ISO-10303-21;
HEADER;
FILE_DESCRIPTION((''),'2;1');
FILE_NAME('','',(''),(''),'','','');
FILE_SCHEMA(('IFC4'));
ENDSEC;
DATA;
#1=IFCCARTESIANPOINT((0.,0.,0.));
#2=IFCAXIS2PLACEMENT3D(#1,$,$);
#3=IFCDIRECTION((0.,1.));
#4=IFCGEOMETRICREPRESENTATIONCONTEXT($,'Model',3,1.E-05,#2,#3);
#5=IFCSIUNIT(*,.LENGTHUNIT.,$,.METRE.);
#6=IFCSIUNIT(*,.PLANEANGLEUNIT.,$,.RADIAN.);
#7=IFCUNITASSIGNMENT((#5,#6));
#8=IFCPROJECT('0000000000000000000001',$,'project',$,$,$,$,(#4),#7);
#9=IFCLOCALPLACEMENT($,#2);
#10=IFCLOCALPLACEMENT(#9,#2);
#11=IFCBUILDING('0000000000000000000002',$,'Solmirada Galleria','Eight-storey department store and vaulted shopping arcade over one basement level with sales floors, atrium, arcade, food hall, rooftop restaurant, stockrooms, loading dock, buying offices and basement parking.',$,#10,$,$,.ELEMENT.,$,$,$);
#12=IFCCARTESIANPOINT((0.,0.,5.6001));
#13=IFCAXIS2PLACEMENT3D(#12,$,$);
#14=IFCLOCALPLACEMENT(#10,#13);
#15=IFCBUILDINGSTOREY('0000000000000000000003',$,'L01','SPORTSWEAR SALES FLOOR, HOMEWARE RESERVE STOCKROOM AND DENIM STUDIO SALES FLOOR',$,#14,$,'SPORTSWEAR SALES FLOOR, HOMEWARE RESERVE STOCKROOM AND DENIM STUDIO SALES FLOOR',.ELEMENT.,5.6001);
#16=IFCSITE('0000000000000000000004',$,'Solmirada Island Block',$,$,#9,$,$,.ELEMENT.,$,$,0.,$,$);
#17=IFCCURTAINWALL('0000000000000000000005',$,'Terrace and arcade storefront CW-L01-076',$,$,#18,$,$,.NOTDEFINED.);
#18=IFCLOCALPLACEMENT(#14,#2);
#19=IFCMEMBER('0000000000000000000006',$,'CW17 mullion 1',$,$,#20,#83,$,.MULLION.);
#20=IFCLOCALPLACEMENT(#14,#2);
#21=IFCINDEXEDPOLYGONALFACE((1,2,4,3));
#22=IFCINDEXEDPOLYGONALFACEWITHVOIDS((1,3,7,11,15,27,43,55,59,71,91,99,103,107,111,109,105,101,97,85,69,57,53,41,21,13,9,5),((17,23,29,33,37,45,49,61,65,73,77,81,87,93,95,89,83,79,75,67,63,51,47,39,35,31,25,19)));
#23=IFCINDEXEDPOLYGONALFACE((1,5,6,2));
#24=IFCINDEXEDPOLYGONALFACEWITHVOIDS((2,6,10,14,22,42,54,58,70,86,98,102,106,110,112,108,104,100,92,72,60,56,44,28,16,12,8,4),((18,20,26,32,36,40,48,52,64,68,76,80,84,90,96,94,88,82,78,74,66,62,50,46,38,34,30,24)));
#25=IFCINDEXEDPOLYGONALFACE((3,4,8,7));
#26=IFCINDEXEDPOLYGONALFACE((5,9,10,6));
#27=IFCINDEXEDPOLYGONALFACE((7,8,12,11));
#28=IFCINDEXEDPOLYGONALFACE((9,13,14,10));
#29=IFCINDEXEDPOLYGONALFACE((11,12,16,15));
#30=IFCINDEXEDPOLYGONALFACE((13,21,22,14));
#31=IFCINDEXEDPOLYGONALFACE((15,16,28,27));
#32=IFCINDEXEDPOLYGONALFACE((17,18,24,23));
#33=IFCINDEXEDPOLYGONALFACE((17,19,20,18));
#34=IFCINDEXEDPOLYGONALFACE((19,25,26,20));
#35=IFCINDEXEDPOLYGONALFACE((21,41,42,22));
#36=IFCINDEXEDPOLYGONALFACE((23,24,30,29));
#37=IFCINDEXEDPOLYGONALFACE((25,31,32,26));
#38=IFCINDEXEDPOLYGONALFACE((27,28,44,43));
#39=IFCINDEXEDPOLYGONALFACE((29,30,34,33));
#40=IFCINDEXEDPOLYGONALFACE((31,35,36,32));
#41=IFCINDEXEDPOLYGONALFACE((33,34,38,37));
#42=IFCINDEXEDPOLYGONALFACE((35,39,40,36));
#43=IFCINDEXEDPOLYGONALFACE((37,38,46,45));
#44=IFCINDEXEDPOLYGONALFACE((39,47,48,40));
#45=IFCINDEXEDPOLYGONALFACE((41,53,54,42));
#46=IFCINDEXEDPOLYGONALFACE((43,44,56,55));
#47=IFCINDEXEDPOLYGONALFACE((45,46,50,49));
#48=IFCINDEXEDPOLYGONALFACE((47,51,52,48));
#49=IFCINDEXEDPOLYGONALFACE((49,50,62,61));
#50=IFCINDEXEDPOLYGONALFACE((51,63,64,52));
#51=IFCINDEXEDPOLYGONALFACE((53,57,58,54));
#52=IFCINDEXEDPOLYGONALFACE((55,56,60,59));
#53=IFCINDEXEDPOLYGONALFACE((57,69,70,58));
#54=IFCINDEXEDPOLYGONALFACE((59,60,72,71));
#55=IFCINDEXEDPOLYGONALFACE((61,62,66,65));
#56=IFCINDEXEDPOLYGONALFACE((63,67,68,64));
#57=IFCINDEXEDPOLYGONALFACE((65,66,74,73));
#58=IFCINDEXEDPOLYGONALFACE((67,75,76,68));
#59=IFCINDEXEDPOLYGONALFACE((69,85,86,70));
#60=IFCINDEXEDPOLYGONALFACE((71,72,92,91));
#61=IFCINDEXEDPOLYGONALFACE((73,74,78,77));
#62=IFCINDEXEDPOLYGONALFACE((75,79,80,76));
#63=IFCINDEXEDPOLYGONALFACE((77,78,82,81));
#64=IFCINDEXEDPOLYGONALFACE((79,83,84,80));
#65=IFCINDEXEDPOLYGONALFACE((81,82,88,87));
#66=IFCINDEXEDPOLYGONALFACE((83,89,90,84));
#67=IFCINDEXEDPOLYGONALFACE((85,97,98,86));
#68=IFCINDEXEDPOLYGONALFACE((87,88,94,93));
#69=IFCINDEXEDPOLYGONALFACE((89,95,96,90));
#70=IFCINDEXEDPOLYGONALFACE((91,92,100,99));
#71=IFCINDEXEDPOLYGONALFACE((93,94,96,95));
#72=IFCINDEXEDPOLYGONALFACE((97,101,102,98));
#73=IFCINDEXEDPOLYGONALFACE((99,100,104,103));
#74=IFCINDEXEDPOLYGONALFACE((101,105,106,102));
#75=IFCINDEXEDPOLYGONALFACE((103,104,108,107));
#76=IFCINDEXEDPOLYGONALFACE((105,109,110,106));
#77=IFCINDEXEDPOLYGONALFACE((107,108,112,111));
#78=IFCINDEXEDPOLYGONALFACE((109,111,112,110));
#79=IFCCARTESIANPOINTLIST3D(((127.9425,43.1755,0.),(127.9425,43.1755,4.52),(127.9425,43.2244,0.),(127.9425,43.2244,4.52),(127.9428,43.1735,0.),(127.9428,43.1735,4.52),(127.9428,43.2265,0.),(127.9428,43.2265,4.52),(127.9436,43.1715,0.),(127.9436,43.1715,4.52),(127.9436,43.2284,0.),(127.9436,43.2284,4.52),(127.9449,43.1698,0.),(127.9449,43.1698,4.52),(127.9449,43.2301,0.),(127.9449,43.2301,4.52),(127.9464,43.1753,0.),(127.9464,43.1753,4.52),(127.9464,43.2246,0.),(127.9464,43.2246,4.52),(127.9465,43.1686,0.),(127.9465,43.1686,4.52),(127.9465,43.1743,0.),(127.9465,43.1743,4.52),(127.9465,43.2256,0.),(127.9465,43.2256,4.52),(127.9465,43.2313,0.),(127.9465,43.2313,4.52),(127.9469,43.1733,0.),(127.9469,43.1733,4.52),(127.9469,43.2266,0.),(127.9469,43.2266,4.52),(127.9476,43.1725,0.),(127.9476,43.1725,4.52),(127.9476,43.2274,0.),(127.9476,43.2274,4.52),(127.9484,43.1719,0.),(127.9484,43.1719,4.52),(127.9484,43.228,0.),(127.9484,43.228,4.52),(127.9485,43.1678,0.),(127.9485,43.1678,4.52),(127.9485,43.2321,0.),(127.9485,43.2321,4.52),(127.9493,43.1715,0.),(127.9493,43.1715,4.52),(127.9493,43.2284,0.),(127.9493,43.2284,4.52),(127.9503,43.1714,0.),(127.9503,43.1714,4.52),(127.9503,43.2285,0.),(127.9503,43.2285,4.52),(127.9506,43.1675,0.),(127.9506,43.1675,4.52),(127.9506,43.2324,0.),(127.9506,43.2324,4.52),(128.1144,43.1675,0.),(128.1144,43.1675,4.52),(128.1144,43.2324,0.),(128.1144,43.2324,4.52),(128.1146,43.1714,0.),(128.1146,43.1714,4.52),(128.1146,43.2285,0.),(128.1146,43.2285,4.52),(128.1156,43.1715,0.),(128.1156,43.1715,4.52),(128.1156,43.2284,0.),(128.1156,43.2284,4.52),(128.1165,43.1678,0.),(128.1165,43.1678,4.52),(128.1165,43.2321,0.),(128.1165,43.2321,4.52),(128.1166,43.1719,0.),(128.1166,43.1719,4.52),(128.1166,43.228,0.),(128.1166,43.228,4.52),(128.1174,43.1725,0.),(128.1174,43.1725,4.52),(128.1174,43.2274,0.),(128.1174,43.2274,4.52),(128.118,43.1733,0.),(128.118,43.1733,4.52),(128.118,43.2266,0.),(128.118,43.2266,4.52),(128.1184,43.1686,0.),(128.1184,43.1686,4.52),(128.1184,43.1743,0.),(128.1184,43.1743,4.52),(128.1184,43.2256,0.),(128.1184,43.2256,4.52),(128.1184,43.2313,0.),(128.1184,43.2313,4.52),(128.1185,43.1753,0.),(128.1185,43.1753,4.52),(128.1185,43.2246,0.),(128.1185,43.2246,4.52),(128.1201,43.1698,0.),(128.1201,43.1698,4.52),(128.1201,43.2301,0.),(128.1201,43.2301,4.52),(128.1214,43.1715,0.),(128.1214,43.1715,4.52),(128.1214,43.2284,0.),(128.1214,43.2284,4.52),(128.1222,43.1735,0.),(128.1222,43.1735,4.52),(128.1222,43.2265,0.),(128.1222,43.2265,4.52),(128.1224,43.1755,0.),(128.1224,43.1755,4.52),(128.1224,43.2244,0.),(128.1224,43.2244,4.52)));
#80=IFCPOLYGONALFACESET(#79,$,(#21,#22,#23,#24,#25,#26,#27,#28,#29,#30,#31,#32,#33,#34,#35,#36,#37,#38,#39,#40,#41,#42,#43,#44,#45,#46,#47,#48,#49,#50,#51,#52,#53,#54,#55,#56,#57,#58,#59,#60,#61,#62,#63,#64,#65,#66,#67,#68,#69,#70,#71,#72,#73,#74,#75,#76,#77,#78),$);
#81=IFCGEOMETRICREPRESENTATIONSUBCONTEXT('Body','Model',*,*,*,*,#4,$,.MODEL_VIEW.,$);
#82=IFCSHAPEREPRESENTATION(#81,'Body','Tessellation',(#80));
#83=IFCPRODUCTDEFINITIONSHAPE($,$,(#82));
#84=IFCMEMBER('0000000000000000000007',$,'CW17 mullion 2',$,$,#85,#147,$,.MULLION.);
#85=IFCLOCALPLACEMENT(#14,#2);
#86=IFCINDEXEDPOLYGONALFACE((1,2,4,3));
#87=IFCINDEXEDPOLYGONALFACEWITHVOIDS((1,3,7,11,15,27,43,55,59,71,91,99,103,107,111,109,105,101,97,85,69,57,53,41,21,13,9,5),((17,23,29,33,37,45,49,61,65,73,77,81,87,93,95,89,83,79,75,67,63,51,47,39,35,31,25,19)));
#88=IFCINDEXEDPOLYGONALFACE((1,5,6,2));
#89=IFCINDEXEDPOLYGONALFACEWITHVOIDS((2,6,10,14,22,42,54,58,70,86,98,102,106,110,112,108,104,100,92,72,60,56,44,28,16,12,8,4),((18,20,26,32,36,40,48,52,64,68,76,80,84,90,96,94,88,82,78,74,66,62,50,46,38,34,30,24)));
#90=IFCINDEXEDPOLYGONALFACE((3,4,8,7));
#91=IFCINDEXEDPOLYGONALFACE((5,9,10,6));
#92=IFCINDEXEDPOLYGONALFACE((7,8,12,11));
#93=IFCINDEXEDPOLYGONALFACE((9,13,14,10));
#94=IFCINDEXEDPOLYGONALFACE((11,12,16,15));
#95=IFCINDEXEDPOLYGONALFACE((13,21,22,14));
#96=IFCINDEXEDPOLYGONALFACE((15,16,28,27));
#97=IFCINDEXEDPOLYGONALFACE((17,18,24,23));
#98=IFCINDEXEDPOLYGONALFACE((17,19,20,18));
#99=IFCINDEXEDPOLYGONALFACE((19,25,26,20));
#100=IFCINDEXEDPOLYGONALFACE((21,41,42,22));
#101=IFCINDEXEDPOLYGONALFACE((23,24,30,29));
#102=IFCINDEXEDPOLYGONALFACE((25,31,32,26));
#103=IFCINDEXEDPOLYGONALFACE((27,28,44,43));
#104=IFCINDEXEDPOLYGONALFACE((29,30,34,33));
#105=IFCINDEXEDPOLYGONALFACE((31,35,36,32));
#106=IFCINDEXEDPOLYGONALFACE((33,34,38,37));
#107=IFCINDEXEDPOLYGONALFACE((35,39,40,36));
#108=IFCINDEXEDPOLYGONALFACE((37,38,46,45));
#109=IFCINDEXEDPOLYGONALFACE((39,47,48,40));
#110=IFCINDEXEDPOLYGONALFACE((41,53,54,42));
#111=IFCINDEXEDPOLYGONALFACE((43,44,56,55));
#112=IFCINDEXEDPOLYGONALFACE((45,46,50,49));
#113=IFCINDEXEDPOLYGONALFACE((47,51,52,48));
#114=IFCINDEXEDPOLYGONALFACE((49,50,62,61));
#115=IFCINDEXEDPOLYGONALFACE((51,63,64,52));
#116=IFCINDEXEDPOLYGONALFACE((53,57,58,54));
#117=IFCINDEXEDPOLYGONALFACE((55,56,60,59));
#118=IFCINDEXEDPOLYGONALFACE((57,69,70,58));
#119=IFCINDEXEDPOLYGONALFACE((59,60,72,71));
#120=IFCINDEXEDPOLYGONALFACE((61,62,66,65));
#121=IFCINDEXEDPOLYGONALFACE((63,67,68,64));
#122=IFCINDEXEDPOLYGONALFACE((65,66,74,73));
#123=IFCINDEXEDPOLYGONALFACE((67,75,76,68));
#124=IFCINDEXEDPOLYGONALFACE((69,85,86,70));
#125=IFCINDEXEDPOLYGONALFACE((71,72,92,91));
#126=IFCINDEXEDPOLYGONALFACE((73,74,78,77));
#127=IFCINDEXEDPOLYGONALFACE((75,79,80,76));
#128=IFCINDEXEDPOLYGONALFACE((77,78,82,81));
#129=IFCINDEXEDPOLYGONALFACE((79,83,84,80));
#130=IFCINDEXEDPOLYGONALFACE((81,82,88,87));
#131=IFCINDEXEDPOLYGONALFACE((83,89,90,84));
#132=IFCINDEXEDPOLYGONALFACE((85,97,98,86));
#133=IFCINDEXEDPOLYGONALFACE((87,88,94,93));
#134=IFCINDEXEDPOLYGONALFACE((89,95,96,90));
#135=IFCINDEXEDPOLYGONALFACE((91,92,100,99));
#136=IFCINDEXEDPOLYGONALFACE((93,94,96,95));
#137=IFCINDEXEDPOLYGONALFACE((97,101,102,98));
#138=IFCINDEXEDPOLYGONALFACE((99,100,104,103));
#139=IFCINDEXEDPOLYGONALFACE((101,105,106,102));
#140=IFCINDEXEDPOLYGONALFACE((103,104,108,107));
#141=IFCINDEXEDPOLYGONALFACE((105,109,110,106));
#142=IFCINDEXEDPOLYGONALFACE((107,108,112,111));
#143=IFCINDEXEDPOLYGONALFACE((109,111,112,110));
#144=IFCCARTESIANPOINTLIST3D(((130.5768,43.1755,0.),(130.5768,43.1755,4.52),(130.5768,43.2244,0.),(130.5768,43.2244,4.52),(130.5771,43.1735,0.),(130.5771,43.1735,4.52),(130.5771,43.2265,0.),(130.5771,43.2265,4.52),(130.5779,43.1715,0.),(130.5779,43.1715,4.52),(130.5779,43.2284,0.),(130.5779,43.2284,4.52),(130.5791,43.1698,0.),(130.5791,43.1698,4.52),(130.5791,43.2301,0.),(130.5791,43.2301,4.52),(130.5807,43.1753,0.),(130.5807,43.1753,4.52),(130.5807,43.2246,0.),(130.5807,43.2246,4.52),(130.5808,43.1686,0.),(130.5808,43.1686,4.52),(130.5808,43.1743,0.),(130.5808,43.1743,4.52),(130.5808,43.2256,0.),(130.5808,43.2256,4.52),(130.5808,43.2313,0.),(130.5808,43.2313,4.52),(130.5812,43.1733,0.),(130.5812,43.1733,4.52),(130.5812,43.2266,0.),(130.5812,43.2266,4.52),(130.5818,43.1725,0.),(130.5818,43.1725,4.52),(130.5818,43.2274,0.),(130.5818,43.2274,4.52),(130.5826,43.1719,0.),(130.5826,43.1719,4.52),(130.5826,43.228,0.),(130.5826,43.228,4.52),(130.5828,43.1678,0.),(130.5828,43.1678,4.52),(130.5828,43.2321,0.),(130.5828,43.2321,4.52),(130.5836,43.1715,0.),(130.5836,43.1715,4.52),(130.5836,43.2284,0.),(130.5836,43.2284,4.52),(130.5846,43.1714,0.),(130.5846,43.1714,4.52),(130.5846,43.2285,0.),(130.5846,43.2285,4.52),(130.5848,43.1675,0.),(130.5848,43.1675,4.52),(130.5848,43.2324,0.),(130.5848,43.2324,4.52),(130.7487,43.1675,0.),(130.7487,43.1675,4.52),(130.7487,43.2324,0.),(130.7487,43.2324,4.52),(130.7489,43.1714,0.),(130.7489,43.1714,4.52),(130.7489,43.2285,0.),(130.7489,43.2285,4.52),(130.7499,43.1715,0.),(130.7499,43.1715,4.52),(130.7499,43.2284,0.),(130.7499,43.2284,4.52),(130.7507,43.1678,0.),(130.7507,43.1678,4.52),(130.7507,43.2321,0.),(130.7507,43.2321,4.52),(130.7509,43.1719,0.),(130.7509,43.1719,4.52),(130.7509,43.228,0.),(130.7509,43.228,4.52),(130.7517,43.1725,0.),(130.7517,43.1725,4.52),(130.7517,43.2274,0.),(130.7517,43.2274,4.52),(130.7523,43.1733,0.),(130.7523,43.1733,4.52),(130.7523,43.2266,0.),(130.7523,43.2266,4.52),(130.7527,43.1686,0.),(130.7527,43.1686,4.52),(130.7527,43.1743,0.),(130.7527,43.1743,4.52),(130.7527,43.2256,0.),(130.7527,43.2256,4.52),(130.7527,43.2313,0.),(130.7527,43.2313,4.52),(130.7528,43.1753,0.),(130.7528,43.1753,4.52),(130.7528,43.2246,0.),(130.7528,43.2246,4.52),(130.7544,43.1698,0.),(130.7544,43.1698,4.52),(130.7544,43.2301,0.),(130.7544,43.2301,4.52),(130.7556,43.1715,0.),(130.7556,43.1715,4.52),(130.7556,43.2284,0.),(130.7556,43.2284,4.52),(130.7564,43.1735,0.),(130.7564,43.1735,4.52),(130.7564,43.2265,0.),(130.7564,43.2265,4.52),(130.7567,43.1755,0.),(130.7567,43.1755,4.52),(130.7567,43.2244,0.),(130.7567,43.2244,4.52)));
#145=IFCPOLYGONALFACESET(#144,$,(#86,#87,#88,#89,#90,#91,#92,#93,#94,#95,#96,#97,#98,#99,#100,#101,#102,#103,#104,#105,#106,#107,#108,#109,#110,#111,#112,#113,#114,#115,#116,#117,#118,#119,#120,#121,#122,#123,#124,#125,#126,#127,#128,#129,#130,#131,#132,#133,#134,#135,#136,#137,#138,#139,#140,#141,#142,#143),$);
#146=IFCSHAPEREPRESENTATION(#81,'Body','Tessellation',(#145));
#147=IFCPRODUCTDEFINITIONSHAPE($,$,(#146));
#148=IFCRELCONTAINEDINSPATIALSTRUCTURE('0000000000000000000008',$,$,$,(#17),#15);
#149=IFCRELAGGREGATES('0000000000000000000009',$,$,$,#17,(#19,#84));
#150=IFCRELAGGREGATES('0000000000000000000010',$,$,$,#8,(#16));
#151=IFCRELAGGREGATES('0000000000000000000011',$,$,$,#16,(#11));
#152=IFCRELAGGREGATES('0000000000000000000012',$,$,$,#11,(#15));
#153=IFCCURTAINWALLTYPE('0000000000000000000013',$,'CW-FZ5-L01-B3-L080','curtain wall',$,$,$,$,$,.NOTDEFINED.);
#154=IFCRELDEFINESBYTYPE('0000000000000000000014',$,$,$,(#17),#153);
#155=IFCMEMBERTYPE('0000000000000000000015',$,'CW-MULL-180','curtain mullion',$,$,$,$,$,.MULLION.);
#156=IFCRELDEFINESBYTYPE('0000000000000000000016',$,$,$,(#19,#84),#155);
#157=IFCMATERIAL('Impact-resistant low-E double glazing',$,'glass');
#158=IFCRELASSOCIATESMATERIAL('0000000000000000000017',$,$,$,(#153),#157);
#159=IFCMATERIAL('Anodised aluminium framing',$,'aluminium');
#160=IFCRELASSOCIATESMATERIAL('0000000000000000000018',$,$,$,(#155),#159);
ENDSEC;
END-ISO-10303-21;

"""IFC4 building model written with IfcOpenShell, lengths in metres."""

from ifc_helpers import new_model, si_unit, direction, frame, origin, origin_2d, place, context, subcontext, project, spatial, hollow_rectangle, extrude, material, material_profile, profile_set, type_object, element, aggregate, save


model = new_model("IFC4")

# Units and contexts
model_context = context("Model", 3, precision=1e-05, world=origin(), true_north=direction((0.0, 1.0)))
body_context = subcontext(model_context, "Body", "Model", "MODEL_VIEW")
ifc_project = project(units=[si_unit("LENGTHUNIT", "METRE"), si_unit("PLANEANGLEUNIT", "RADIAN")], contexts=[model_context])

# Site, building, storey
site_placement = place(None, origin())
site = spatial("IfcSite", under=ifc_project, at=site_placement, Name="Solmirada Island Block", CompositionType="ELEMENT", RefElevation=0.0)
building_placement = place(site_placement, origin())
building = spatial("IfcBuilding", under=site, at=building_placement, Name="Solmirada Galleria", Description="Eight-storey department store and vaulted shopping arcade over one basement level with sales floors, atrium, arcade, food hall, rooftop restaurant, stockrooms, loading dock, buying offices and basement parking.", CompositionType="ELEMENT")
storey_placement = place(building_placement, frame((0.0, 0.0, 5.6001)))
storey = spatial("IfcBuildingStorey", under=building, at=storey_placement, Name="L01", Description="SPORTSWEAR SALES FLOOR, HOMEWARE RESERVE STOCKROOM AND DENIM STUDIO SALES FLOOR", LongName="SPORTSWEAR SALES FLOOR, HOMEWARE RESERVE STOCKROOM AND DENIM STUDIO SALES FLOOR", CompositionType="ELEMENT", Elevation=5.6001)

# Curtain wall, members
ifc_material_1 = material(Name="Impact-resistant low-E double glazing", Category="glass")
curtain_wall_type = type_object("IfcCurtainWallType", Name="CW-FZ5-L01-B3-L080", Description="curtain wall", PredefinedType="NOTDEFINED", material=ifc_material_1)
curtain_wall_1_placement = place(storey_placement, origin())
curtain_wall_1 = element("IfcCurtainWall", 1, at=curtain_wall_1_placement, inside=storey, type_object=curtain_wall_type, Name="Terrace and arcade storefront CW-L01-076", PredefinedType="NOTDEFINED")
ifc_material_2 = material(Name="Anodised aluminium framing", Category="aluminium")
ifc_material_profile_1 = material_profile(ifc_material_2, hollow_rectangle(XDim=0.0649, YDim=0.1799, WallThickness=0.0039, InnerFilletRadius=0.0039, OuterFilletRadius=0.0081, at=origin_2d()), Name="ALU-MULL-180X65")
ifc_profile_set_1 = profile_set([ifc_material_profile_1], Name="Anodised aluminium framing")
member_type_1 = type_object("IfcMemberType", Name="CW-MULL-180", Description="curtain mullion", PredefinedType="MULLION", material=ifc_profile_set_1)
member_1_placement = place(storey_placement, frame((128.0325, 43.2, 0.0), z_axis=(0.0, 0.0, 1.0), x_axis=(0.0, 1.0, 0.0)))
member_1 = element("IfcMember", 2, at=member_1_placement, type_object=member_type_1, Name="CW17 mullion 1", PredefinedType="MULLION", context=body_context, shape_type="SweptSolid", body=[
    extrude(hollow_rectangle(XDim=0.0649, YDim=0.1799, WallThickness=0.0039, InnerFilletRadius=0.0039, OuterFilletRadius=0.0081, at=origin_2d()), origin(), (0.0, 0.0, 1.0), 4.52),
])
member_2_placement = place(storey_placement, frame((130.6667, 43.2, 0.0), z_axis=(0.0, 0.0, 1.0), x_axis=(0.0, 1.0, 0.0)))
member_2 = element("IfcMember", 3, at=member_2_placement, type_object=member_type_1, Name="CW17 mullion 2", PredefinedType="MULLION", context=body_context, shape_type="SweptSolid", body=[
    extrude(hollow_rectangle(XDim=0.0649, YDim=0.1799, WallThickness=0.0039, InnerFilletRadius=0.0039, OuterFilletRadius=0.0081, at=origin_2d()), origin(), (0.0, 0.0, 1.0), 4.52),
])

aggregate(curtain_wall_1, [member_1, member_2])

save(model, "model.ifc")
